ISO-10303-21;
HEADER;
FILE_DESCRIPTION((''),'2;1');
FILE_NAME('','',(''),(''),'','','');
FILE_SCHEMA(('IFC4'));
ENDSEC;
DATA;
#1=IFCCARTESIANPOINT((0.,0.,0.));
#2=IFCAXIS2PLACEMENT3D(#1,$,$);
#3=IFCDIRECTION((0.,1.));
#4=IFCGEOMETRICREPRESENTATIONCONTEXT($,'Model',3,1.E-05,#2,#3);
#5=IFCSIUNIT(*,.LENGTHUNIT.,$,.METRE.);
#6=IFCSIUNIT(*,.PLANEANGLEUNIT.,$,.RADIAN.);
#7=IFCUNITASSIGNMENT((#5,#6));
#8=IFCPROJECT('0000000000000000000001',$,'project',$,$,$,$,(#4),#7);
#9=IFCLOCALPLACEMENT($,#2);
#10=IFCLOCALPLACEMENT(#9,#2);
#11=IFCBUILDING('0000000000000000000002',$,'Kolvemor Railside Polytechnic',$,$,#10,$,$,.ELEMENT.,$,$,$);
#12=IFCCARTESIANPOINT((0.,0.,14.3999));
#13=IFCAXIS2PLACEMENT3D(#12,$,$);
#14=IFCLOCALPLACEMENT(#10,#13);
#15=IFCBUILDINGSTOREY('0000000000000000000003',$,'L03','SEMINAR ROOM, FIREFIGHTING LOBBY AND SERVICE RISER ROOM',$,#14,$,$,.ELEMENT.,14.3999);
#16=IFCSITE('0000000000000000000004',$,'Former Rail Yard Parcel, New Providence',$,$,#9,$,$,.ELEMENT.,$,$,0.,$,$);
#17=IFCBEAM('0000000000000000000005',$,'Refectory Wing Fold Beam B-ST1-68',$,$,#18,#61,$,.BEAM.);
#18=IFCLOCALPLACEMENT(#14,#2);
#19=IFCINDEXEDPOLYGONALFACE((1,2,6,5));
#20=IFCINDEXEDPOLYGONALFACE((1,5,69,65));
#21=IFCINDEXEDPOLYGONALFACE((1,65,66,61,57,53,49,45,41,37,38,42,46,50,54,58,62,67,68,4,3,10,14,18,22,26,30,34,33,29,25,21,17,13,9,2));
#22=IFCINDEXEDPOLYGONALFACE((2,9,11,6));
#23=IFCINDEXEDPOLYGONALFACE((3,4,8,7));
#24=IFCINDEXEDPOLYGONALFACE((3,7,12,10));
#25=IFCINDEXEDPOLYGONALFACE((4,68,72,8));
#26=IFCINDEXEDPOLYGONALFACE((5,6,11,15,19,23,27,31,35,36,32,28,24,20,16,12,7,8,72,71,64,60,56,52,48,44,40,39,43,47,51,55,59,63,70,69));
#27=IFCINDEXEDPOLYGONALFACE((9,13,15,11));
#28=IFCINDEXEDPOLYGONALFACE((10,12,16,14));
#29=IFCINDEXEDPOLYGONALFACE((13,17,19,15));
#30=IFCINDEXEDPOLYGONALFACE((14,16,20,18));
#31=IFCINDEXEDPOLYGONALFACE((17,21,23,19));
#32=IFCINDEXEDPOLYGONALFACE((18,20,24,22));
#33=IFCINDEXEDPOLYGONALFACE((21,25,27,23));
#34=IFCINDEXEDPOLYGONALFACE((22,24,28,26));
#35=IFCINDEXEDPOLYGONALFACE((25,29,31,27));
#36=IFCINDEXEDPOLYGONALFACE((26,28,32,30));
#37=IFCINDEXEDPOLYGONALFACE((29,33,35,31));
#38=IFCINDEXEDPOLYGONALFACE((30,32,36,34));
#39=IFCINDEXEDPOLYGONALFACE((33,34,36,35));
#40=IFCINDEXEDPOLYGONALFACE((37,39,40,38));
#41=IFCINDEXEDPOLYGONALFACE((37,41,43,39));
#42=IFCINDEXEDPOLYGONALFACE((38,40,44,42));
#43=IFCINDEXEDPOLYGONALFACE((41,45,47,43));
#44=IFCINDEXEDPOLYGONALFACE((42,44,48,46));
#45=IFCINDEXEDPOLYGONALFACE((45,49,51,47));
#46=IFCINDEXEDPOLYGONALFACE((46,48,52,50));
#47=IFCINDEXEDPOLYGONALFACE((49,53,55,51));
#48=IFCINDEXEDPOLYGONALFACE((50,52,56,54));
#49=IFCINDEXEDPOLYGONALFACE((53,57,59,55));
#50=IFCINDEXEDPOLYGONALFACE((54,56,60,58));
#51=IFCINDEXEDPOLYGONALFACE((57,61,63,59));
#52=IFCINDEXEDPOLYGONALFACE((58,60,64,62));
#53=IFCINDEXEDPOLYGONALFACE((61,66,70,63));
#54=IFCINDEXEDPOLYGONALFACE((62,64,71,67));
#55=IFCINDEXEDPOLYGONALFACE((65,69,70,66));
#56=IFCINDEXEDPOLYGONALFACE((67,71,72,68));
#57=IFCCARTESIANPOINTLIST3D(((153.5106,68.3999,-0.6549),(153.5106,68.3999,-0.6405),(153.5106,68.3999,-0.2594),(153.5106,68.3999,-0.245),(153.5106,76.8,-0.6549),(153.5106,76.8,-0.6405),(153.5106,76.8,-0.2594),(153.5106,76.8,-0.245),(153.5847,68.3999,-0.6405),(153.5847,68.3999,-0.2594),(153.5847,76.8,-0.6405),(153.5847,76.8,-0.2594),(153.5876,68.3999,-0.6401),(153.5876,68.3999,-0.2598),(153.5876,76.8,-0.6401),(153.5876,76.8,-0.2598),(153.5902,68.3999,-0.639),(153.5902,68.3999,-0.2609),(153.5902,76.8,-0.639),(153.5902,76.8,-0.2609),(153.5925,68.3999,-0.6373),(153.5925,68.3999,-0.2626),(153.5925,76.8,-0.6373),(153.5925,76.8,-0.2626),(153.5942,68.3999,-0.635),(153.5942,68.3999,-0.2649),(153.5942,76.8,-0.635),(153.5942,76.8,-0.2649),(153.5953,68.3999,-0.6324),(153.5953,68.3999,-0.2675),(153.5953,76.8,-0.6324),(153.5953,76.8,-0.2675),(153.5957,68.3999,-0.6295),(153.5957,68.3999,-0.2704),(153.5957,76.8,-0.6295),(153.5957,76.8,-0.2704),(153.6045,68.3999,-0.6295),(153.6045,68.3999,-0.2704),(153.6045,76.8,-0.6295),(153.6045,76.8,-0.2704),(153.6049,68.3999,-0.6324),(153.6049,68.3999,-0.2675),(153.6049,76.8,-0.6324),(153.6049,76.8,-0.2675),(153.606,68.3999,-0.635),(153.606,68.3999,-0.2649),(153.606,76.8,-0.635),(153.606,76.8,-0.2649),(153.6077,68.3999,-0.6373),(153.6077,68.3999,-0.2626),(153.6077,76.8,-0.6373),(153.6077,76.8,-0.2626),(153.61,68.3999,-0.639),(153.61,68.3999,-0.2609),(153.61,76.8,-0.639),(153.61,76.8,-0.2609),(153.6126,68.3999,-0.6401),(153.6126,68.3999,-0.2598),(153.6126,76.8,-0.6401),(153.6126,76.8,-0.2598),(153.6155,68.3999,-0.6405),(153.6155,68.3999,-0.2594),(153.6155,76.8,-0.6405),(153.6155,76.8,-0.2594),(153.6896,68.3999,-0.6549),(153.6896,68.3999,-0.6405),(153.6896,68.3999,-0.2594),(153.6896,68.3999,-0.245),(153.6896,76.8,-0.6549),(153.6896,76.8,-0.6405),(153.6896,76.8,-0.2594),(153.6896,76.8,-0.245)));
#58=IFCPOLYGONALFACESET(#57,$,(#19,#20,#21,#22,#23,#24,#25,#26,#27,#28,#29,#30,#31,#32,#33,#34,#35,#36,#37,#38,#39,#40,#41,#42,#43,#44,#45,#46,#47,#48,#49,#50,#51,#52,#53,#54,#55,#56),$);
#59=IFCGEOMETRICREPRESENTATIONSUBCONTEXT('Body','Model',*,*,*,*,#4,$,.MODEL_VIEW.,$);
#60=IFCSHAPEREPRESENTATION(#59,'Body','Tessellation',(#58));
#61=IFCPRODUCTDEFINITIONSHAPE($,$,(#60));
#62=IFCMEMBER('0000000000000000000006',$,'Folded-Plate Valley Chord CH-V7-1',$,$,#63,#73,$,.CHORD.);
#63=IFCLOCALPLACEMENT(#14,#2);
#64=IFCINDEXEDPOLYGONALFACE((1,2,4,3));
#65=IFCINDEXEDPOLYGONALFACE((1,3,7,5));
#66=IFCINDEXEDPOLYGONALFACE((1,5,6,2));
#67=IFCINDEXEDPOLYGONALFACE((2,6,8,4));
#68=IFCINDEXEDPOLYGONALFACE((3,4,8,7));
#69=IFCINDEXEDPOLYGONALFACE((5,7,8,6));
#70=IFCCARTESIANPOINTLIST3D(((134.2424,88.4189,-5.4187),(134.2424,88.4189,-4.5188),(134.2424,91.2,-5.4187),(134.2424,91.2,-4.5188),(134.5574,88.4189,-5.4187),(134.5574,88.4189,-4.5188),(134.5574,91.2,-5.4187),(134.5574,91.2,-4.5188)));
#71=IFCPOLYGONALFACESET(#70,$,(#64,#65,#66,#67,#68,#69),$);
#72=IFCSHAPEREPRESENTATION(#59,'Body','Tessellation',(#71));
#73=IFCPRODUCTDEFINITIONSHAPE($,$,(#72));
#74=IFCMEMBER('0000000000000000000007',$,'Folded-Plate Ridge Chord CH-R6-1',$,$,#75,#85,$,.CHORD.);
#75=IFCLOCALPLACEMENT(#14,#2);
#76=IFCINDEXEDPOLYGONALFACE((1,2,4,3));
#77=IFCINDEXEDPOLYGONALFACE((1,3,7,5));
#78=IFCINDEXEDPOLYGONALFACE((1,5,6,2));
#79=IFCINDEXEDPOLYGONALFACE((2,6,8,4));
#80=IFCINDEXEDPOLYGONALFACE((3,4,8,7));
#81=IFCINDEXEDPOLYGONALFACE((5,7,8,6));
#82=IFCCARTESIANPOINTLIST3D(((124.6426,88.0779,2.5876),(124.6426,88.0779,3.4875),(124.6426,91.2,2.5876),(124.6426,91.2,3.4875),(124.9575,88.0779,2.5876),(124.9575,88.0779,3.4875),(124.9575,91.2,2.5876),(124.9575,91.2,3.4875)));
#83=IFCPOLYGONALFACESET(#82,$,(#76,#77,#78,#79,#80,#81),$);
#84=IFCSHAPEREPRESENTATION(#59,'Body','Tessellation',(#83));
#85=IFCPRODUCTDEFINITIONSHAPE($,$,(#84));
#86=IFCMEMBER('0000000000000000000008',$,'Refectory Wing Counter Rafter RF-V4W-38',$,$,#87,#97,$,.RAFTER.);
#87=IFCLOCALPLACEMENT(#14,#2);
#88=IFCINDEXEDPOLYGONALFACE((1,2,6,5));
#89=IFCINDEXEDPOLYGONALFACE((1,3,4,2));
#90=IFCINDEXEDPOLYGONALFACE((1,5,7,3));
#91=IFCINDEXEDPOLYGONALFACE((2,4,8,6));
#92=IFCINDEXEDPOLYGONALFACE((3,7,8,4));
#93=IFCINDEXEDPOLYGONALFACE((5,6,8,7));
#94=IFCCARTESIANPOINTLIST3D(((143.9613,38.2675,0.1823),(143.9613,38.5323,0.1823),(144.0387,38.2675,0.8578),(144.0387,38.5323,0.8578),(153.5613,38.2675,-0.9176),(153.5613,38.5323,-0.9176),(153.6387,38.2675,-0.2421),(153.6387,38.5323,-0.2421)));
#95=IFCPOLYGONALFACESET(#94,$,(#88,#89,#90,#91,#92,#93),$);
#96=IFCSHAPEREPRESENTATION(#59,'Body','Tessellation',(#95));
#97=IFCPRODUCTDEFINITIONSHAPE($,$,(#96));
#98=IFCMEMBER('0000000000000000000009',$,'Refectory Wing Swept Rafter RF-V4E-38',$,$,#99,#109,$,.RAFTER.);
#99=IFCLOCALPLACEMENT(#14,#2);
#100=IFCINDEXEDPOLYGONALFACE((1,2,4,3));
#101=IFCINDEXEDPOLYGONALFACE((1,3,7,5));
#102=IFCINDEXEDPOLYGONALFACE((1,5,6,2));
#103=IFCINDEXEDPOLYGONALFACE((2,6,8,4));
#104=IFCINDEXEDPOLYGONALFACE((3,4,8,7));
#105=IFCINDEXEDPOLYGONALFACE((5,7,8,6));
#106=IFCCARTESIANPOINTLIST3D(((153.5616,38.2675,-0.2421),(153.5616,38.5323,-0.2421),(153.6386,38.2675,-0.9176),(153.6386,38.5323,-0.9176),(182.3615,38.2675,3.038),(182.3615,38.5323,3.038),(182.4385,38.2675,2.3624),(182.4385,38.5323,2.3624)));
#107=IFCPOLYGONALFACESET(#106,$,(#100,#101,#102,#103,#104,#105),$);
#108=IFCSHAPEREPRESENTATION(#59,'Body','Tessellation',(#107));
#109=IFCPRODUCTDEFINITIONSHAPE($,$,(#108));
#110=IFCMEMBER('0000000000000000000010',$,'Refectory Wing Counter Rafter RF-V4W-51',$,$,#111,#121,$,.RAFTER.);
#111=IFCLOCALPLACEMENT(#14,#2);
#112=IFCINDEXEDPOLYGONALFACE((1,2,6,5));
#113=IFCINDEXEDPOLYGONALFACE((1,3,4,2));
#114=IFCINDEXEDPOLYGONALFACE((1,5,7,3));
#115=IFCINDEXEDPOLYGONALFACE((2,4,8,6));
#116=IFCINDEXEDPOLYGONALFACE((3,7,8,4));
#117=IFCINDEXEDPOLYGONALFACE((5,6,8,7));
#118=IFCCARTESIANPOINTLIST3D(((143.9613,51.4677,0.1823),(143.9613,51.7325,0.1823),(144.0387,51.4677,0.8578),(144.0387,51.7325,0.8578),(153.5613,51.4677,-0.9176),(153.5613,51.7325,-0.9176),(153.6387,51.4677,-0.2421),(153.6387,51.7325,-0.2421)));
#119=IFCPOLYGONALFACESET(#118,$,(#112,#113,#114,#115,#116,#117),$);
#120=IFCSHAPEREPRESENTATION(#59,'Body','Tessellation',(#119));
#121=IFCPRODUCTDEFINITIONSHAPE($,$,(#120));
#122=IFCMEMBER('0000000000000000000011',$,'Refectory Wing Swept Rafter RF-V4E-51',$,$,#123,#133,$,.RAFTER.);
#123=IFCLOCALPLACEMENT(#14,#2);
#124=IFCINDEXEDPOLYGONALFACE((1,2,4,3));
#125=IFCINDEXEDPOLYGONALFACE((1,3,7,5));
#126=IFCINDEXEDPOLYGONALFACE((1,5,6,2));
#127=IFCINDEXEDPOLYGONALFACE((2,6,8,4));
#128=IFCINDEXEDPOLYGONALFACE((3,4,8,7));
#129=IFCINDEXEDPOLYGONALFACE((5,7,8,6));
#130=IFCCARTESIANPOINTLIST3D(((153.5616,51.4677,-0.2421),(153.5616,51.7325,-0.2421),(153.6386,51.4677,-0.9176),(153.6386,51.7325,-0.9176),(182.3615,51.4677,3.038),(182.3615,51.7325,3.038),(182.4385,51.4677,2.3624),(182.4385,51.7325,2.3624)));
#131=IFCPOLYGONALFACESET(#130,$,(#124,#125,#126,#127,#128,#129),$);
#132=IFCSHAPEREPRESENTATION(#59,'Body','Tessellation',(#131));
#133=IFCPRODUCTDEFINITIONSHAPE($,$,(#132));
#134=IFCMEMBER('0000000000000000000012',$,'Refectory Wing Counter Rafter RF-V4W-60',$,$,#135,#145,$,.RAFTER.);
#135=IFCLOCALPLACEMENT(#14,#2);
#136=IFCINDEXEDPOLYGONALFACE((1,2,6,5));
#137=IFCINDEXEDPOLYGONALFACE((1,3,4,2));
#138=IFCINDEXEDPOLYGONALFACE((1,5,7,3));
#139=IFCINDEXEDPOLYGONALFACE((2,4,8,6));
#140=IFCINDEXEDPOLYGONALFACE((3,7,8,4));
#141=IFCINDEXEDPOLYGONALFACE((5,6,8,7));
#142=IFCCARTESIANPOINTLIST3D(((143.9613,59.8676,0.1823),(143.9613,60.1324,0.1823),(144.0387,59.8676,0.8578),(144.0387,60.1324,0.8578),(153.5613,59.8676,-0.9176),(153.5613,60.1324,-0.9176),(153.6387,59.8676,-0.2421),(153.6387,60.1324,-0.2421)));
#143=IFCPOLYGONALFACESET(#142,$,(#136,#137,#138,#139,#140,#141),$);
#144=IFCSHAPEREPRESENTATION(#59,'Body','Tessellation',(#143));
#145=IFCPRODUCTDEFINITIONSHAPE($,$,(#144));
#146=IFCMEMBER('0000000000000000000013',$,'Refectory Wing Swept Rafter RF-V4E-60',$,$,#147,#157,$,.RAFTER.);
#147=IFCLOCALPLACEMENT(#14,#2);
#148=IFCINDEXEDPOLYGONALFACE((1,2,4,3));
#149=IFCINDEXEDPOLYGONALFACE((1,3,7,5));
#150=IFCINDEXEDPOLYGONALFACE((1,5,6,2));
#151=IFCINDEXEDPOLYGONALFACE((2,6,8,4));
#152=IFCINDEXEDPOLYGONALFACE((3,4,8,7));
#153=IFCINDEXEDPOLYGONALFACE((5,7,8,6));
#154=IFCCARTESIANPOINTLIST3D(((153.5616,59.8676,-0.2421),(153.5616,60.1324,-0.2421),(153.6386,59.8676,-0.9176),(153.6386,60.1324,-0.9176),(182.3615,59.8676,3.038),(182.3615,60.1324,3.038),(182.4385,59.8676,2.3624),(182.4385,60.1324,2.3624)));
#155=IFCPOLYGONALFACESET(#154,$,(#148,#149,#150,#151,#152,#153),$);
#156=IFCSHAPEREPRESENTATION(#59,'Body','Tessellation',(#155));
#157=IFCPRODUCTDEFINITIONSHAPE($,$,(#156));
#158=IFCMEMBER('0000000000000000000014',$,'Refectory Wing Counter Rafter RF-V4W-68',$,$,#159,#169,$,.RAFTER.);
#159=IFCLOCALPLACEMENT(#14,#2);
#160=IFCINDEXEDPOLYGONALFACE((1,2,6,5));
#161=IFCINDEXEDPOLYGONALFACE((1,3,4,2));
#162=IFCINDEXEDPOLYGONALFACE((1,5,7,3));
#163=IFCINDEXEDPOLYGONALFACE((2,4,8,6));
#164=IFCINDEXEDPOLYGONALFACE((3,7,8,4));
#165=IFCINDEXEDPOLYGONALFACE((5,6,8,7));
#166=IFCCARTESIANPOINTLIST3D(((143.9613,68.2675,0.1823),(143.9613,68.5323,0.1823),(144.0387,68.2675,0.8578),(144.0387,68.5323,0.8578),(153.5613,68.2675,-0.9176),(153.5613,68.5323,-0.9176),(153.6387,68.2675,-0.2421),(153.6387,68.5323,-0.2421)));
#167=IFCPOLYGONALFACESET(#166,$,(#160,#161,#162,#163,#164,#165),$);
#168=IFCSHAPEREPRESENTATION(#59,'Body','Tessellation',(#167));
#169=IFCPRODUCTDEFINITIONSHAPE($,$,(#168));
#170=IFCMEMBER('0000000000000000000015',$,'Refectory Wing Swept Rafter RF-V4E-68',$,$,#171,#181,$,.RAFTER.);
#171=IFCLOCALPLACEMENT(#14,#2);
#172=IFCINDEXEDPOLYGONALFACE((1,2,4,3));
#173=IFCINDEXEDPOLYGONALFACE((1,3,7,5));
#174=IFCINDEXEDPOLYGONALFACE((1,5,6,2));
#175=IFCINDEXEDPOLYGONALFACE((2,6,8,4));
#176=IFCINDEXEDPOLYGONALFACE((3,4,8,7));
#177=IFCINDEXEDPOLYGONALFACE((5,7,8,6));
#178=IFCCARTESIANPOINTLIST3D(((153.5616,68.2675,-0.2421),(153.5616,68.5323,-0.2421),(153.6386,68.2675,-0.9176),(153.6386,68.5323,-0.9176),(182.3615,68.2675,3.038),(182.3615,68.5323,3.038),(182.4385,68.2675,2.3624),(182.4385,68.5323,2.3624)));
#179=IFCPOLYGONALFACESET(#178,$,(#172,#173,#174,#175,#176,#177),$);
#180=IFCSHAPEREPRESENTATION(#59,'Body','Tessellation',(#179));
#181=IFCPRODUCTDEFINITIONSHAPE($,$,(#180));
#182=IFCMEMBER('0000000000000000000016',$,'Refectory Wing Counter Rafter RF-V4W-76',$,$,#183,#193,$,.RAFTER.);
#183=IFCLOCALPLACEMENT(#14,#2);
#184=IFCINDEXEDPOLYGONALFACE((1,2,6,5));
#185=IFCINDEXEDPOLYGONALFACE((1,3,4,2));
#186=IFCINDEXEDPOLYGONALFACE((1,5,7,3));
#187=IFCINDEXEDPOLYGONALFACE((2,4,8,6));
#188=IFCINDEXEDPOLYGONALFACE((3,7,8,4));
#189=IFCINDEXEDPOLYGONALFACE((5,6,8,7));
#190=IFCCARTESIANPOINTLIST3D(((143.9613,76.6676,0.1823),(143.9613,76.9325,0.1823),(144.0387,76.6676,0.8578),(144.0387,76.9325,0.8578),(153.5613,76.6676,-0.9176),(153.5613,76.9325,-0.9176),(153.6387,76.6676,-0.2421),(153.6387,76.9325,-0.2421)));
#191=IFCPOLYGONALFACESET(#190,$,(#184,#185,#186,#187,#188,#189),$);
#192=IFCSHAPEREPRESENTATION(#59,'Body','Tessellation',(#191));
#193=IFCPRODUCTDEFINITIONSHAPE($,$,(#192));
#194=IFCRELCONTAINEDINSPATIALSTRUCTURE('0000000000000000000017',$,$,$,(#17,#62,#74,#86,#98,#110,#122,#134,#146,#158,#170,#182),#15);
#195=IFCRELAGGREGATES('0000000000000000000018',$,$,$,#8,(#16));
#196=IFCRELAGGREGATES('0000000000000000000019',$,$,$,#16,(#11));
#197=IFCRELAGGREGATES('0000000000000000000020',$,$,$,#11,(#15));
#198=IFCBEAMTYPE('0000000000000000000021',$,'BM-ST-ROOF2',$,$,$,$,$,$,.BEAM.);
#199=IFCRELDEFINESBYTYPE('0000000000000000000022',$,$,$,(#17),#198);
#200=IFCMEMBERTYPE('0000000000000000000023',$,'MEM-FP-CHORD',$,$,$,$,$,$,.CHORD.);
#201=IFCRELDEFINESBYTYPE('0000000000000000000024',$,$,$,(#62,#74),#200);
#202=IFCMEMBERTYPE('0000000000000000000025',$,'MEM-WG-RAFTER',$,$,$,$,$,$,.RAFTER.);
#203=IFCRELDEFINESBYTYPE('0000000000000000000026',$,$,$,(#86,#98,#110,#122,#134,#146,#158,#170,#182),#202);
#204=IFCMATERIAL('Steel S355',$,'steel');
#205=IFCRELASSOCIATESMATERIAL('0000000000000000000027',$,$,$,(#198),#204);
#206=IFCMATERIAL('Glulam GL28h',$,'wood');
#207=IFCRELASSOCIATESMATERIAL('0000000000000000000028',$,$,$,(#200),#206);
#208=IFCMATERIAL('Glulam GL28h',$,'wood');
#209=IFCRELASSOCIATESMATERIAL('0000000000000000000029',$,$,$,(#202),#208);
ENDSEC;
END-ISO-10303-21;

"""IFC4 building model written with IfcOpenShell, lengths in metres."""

from ifc_helpers import new_model, si_unit, direction, frame, origin, origin_2d, place, context, subcontext, project, spatial, rectangle, i_section, extrude, material, material_profile, profile_set, type_object, element, save


model = new_model("IFC4")

# Units and contexts
model_context = context("Model", 3, precision=1e-05, world=origin(), true_north=direction((0.0, 1.0)))
body_context = subcontext(model_context, "Body", "Model", "MODEL_VIEW")
ifc_project = project(units=[si_unit("LENGTHUNIT", "METRE"), si_unit("PLANEANGLEUNIT", "RADIAN")], contexts=[model_context])

# Site, building, storey
site_placement = place(None, origin())
site = spatial("IfcSite", under=ifc_project, at=site_placement, Name="Former Rail Yard Parcel, New Providence", CompositionType="ELEMENT", RefElevation=0.0)
building_placement = place(site_placement, origin())
building = spatial("IfcBuilding", under=site, at=building_placement, Name="Kolvemor Railside Polytechnic", CompositionType="ELEMENT")
storey_placement = place(building_placement, frame((0.0, 0.0, 14.3999)))
storey = spatial("IfcBuildingStorey", under=building, at=storey_placement, Name="L03", Description="SEMINAR ROOM, FIREFIGHTING LOBBY AND SERVICE RISER ROOM", CompositionType="ELEMENT", Elevation=14.3999)

# Beam
ifc_material_1 = material(Name="Steel S355", Category="steel")
ifc_material_profile_1 = material_profile(ifc_material_1, i_section(OverallWidth=0.179, OverallDepth=0.4099, WebThickness=0.0088, FlangeThickness=0.0144, FilletRadius=0.011, at=origin_2d()), Name="W410x67")
ifc_profile_set_1 = profile_set([ifc_material_profile_1], Name="Steel S355")
beam_type_1 = type_object("IfcBeamType", Name="BM-ST-ROOF2", PredefinedType="BEAM", material=ifc_profile_set_1)
beam_1_placement = place(storey_placement, frame((153.6001, 68.3999, -0.45), z_axis=(0.0, 1.0, 0.0), x_axis=(-1.0, 0.0, 0.0)))
element("IfcBeam", 1, at=beam_1_placement, inside=storey, type_object=beam_type_1, Name="Refectory Wing Fold Beam B-ST1-68", PredefinedType="BEAM", context=body_context, shape_type="SweptSolid", body=[
    extrude(i_section(OverallWidth=0.179, OverallDepth=0.4099, WebThickness=0.0088, FlangeThickness=0.0144, FilletRadius=0.011, at=origin_2d()), origin(), (0.0, 0.0, 1.0), 8.4001),
])

# Members
ifc_material_2 = material(Name="Glulam GL28h", Category="wood")
ifc_material_profile_2 = material_profile(ifc_material_2, rectangle(XDim=0.3149, YDim=0.8999, at=origin_2d()), Name="GL315x900")
ifc_profile_set_2 = profile_set([ifc_material_profile_2], Name="Glulam GL28h")
member_type_1 = type_object("IfcMemberType", Name="MEM-FP-CHORD", PredefinedType="CHORD", material=ifc_profile_set_2)
member_1_placement = place(storey_placement, frame((134.3999, 88.4189, -4.9688), z_axis=(0.0, 1.0, 0.0), x_axis=(-1.0, 0.0, 0.0)))
element("IfcMember", 2, at=member_1_placement, inside=storey, type_object=member_type_1, Name="Folded-Plate Valley Chord CH-V7-1", PredefinedType="CHORD", context=body_context, shape_type="SweptSolid", body=[
    extrude(rectangle(XDim=0.3149, YDim=0.8999, at=origin_2d()), origin(), (0.0, 0.0, 1.0), 2.781),
])
member_2_placement = place(storey_placement, frame((124.8, 88.0779, 3.0376), z_axis=(0.0, 1.0, 0.0), x_axis=(-1.0, 0.0, 0.0)))
element("IfcMember", 3, at=member_2_placement, inside=storey, type_object=member_type_1, Name="Folded-Plate Ridge Chord CH-R6-1", PredefinedType="CHORD", context=body_context, shape_type="SweptSolid", body=[
    extrude(rectangle(XDim=0.3149, YDim=0.8999, at=origin_2d()), origin(), (0.0, 0.0, 1.0), 3.1221),
])
ifc_material_3 = material(Name="Glulam GL28h", Category="wood")
ifc_material_profile_3 = material_profile(ifc_material_3, rectangle(XDim=0.2649, YDim=0.6799, at=origin_2d()), Name="GL265x680")
ifc_profile_set_3 = profile_set([ifc_material_profile_3], Name="Glulam GL28h")
member_type_2 = type_object("IfcMemberType", Name="MEM-WG-RAFTER", PredefinedType="RAFTER", material=ifc_profile_set_3)
member_3_placement = place(storey_placement, frame((144.0, 38.3999, 0.52), z_axis=(0.993501, 0.0, -0.113822), x_axis=(0.0, 1.0, 0.0)))
element("IfcMember", 4, at=member_3_placement, inside=storey, type_object=member_type_2, Name="Refectory Wing Counter Rafter RF-V4W-38", PredefinedType="RAFTER", context=body_context, shape_type="SweptSolid", body=[
    extrude(rectangle(XDim=0.2649, YDim=0.6799, at=origin_2d()), origin(), (0.0, 0.0, 1.0), 9.6628),
])
member_4_placement = place(storey_placement, frame((153.6001, 38.3999, -0.5798), z_axis=(0.993577, 0.0, 0.113159), x_axis=(0.0, 1.0, 0.0)))
element("IfcMember", 5, at=member_4_placement, inside=storey, type_object=member_type_2, Name="Refectory Wing Swept Rafter RF-V4E-38", PredefinedType="RAFTER", context=body_context, shape_type="SweptSolid", body=[
    extrude(rectangle(XDim=0.2649, YDim=0.6799, at=origin_2d()), origin(), (0.0, 0.0, 1.0), 28.9861),
])
member_5_placement = place(storey_placement, frame((144.0, 51.6001, 0.52), z_axis=(0.993501, 0.0, -0.113822), x_axis=(0.0, 1.0, 0.0)))
element("IfcMember", 6, at=member_5_placement, inside=storey, type_object=member_type_2, Name="Refectory Wing Counter Rafter RF-V4W-51", PredefinedType="RAFTER", context=body_context, shape_type="SweptSolid", body=[
    extrude(rectangle(XDim=0.2649, YDim=0.6799, at=origin_2d()), origin(), (0.0, 0.0, 1.0), 9.6628),
])
member_6_placement = place(storey_placement, frame((153.6001, 51.6001, -0.5798), z_axis=(0.993577, 0.0, 0.113159), x_axis=(0.0, 1.0, 0.0)))
element("IfcMember", 7, at=member_6_placement, inside=storey, type_object=member_type_2, Name="Refectory Wing Swept Rafter RF-V4E-51", PredefinedType="RAFTER", context=body_context, shape_type="SweptSolid", body=[
    extrude(rectangle(XDim=0.2649, YDim=0.6799, at=origin_2d()), origin(), (0.0, 0.0, 1.0), 28.9861),
])
member_7_placement = place(storey_placement, frame((144.0, 60.0, 0.52), z_axis=(0.993501, 0.0, -0.113822), x_axis=(0.0, 1.0, 0.0)))
element("IfcMember", 8, at=member_7_placement, inside=storey, type_object=member_type_2, Name="Refectory Wing Counter Rafter RF-V4W-60", PredefinedType="RAFTER", context=body_context, shape_type="SweptSolid", body=[
    extrude(rectangle(XDim=0.2649, YDim=0.6799, at=origin_2d()), origin(), (0.0, 0.0, 1.0), 9.6628),
])
member_8_placement = place(storey_placement, frame((153.6001, 60.0, -0.5798), z_axis=(0.993577, 0.0, 0.113159), x_axis=(0.0, 1.0, 0.0)))
element("IfcMember", 9, at=member_8_placement, inside=storey, type_object=member_type_2, Name="Refectory Wing Swept Rafter RF-V4E-60", PredefinedType="RAFTER", context=body_context, shape_type="SweptSolid", body=[
    extrude(rectangle(XDim=0.2649, YDim=0.6799, at=origin_2d()), origin(), (0.0, 0.0, 1.0), 28.9861),
])
member_9_placement = place(storey_placement, frame((144.0, 68.3999, 0.52), z_axis=(0.993501, 0.0, -0.113822), x_axis=(0.0, 1.0, 0.0)))
element("IfcMember", 10, at=member_9_placement, inside=storey, type_object=member_type_2, Name="Refectory Wing Counter Rafter RF-V4W-68", PredefinedType="RAFTER", context=body_context, shape_type="SweptSolid", body=[
    extrude(rectangle(XDim=0.2649, YDim=0.6799, at=origin_2d()), origin(), (0.0, 0.0, 1.0), 9.6628),
])
member_10_placement = place(storey_placement, frame((153.6001, 68.3999, -0.5798), z_axis=(0.993577, 0.0, 0.113159), x_axis=(0.0, 1.0, 0.0)))
element("IfcMember", 11, at=member_10_placement, inside=storey, type_object=member_type_2, Name="Refectory Wing Swept Rafter RF-V4E-68", PredefinedType="RAFTER", context=body_context, shape_type="SweptSolid", body=[
    extrude(rectangle(XDim=0.2649, YDim=0.6799, at=origin_2d()), origin(), (0.0, 0.0, 1.0), 28.9861),
])
member_11_placement = place(storey_placement, frame((144.0, 76.8, 0.52), z_axis=(0.993501, 0.0, -0.113822), x_axis=(0.0, 1.0, 0.0)))
element("IfcMember", 12, at=member_11_placement, inside=storey, type_object=member_type_2, Name="Refectory Wing Counter Rafter RF-V4W-76", PredefinedType="RAFTER", context=body_context, shape_type="SweptSolid", body=[
    extrude(rectangle(XDim=0.2649, YDim=0.6799, at=origin_2d()), origin(), (0.0, 0.0, 1.0), 9.6628),
])

save(model, "model.ifc")
